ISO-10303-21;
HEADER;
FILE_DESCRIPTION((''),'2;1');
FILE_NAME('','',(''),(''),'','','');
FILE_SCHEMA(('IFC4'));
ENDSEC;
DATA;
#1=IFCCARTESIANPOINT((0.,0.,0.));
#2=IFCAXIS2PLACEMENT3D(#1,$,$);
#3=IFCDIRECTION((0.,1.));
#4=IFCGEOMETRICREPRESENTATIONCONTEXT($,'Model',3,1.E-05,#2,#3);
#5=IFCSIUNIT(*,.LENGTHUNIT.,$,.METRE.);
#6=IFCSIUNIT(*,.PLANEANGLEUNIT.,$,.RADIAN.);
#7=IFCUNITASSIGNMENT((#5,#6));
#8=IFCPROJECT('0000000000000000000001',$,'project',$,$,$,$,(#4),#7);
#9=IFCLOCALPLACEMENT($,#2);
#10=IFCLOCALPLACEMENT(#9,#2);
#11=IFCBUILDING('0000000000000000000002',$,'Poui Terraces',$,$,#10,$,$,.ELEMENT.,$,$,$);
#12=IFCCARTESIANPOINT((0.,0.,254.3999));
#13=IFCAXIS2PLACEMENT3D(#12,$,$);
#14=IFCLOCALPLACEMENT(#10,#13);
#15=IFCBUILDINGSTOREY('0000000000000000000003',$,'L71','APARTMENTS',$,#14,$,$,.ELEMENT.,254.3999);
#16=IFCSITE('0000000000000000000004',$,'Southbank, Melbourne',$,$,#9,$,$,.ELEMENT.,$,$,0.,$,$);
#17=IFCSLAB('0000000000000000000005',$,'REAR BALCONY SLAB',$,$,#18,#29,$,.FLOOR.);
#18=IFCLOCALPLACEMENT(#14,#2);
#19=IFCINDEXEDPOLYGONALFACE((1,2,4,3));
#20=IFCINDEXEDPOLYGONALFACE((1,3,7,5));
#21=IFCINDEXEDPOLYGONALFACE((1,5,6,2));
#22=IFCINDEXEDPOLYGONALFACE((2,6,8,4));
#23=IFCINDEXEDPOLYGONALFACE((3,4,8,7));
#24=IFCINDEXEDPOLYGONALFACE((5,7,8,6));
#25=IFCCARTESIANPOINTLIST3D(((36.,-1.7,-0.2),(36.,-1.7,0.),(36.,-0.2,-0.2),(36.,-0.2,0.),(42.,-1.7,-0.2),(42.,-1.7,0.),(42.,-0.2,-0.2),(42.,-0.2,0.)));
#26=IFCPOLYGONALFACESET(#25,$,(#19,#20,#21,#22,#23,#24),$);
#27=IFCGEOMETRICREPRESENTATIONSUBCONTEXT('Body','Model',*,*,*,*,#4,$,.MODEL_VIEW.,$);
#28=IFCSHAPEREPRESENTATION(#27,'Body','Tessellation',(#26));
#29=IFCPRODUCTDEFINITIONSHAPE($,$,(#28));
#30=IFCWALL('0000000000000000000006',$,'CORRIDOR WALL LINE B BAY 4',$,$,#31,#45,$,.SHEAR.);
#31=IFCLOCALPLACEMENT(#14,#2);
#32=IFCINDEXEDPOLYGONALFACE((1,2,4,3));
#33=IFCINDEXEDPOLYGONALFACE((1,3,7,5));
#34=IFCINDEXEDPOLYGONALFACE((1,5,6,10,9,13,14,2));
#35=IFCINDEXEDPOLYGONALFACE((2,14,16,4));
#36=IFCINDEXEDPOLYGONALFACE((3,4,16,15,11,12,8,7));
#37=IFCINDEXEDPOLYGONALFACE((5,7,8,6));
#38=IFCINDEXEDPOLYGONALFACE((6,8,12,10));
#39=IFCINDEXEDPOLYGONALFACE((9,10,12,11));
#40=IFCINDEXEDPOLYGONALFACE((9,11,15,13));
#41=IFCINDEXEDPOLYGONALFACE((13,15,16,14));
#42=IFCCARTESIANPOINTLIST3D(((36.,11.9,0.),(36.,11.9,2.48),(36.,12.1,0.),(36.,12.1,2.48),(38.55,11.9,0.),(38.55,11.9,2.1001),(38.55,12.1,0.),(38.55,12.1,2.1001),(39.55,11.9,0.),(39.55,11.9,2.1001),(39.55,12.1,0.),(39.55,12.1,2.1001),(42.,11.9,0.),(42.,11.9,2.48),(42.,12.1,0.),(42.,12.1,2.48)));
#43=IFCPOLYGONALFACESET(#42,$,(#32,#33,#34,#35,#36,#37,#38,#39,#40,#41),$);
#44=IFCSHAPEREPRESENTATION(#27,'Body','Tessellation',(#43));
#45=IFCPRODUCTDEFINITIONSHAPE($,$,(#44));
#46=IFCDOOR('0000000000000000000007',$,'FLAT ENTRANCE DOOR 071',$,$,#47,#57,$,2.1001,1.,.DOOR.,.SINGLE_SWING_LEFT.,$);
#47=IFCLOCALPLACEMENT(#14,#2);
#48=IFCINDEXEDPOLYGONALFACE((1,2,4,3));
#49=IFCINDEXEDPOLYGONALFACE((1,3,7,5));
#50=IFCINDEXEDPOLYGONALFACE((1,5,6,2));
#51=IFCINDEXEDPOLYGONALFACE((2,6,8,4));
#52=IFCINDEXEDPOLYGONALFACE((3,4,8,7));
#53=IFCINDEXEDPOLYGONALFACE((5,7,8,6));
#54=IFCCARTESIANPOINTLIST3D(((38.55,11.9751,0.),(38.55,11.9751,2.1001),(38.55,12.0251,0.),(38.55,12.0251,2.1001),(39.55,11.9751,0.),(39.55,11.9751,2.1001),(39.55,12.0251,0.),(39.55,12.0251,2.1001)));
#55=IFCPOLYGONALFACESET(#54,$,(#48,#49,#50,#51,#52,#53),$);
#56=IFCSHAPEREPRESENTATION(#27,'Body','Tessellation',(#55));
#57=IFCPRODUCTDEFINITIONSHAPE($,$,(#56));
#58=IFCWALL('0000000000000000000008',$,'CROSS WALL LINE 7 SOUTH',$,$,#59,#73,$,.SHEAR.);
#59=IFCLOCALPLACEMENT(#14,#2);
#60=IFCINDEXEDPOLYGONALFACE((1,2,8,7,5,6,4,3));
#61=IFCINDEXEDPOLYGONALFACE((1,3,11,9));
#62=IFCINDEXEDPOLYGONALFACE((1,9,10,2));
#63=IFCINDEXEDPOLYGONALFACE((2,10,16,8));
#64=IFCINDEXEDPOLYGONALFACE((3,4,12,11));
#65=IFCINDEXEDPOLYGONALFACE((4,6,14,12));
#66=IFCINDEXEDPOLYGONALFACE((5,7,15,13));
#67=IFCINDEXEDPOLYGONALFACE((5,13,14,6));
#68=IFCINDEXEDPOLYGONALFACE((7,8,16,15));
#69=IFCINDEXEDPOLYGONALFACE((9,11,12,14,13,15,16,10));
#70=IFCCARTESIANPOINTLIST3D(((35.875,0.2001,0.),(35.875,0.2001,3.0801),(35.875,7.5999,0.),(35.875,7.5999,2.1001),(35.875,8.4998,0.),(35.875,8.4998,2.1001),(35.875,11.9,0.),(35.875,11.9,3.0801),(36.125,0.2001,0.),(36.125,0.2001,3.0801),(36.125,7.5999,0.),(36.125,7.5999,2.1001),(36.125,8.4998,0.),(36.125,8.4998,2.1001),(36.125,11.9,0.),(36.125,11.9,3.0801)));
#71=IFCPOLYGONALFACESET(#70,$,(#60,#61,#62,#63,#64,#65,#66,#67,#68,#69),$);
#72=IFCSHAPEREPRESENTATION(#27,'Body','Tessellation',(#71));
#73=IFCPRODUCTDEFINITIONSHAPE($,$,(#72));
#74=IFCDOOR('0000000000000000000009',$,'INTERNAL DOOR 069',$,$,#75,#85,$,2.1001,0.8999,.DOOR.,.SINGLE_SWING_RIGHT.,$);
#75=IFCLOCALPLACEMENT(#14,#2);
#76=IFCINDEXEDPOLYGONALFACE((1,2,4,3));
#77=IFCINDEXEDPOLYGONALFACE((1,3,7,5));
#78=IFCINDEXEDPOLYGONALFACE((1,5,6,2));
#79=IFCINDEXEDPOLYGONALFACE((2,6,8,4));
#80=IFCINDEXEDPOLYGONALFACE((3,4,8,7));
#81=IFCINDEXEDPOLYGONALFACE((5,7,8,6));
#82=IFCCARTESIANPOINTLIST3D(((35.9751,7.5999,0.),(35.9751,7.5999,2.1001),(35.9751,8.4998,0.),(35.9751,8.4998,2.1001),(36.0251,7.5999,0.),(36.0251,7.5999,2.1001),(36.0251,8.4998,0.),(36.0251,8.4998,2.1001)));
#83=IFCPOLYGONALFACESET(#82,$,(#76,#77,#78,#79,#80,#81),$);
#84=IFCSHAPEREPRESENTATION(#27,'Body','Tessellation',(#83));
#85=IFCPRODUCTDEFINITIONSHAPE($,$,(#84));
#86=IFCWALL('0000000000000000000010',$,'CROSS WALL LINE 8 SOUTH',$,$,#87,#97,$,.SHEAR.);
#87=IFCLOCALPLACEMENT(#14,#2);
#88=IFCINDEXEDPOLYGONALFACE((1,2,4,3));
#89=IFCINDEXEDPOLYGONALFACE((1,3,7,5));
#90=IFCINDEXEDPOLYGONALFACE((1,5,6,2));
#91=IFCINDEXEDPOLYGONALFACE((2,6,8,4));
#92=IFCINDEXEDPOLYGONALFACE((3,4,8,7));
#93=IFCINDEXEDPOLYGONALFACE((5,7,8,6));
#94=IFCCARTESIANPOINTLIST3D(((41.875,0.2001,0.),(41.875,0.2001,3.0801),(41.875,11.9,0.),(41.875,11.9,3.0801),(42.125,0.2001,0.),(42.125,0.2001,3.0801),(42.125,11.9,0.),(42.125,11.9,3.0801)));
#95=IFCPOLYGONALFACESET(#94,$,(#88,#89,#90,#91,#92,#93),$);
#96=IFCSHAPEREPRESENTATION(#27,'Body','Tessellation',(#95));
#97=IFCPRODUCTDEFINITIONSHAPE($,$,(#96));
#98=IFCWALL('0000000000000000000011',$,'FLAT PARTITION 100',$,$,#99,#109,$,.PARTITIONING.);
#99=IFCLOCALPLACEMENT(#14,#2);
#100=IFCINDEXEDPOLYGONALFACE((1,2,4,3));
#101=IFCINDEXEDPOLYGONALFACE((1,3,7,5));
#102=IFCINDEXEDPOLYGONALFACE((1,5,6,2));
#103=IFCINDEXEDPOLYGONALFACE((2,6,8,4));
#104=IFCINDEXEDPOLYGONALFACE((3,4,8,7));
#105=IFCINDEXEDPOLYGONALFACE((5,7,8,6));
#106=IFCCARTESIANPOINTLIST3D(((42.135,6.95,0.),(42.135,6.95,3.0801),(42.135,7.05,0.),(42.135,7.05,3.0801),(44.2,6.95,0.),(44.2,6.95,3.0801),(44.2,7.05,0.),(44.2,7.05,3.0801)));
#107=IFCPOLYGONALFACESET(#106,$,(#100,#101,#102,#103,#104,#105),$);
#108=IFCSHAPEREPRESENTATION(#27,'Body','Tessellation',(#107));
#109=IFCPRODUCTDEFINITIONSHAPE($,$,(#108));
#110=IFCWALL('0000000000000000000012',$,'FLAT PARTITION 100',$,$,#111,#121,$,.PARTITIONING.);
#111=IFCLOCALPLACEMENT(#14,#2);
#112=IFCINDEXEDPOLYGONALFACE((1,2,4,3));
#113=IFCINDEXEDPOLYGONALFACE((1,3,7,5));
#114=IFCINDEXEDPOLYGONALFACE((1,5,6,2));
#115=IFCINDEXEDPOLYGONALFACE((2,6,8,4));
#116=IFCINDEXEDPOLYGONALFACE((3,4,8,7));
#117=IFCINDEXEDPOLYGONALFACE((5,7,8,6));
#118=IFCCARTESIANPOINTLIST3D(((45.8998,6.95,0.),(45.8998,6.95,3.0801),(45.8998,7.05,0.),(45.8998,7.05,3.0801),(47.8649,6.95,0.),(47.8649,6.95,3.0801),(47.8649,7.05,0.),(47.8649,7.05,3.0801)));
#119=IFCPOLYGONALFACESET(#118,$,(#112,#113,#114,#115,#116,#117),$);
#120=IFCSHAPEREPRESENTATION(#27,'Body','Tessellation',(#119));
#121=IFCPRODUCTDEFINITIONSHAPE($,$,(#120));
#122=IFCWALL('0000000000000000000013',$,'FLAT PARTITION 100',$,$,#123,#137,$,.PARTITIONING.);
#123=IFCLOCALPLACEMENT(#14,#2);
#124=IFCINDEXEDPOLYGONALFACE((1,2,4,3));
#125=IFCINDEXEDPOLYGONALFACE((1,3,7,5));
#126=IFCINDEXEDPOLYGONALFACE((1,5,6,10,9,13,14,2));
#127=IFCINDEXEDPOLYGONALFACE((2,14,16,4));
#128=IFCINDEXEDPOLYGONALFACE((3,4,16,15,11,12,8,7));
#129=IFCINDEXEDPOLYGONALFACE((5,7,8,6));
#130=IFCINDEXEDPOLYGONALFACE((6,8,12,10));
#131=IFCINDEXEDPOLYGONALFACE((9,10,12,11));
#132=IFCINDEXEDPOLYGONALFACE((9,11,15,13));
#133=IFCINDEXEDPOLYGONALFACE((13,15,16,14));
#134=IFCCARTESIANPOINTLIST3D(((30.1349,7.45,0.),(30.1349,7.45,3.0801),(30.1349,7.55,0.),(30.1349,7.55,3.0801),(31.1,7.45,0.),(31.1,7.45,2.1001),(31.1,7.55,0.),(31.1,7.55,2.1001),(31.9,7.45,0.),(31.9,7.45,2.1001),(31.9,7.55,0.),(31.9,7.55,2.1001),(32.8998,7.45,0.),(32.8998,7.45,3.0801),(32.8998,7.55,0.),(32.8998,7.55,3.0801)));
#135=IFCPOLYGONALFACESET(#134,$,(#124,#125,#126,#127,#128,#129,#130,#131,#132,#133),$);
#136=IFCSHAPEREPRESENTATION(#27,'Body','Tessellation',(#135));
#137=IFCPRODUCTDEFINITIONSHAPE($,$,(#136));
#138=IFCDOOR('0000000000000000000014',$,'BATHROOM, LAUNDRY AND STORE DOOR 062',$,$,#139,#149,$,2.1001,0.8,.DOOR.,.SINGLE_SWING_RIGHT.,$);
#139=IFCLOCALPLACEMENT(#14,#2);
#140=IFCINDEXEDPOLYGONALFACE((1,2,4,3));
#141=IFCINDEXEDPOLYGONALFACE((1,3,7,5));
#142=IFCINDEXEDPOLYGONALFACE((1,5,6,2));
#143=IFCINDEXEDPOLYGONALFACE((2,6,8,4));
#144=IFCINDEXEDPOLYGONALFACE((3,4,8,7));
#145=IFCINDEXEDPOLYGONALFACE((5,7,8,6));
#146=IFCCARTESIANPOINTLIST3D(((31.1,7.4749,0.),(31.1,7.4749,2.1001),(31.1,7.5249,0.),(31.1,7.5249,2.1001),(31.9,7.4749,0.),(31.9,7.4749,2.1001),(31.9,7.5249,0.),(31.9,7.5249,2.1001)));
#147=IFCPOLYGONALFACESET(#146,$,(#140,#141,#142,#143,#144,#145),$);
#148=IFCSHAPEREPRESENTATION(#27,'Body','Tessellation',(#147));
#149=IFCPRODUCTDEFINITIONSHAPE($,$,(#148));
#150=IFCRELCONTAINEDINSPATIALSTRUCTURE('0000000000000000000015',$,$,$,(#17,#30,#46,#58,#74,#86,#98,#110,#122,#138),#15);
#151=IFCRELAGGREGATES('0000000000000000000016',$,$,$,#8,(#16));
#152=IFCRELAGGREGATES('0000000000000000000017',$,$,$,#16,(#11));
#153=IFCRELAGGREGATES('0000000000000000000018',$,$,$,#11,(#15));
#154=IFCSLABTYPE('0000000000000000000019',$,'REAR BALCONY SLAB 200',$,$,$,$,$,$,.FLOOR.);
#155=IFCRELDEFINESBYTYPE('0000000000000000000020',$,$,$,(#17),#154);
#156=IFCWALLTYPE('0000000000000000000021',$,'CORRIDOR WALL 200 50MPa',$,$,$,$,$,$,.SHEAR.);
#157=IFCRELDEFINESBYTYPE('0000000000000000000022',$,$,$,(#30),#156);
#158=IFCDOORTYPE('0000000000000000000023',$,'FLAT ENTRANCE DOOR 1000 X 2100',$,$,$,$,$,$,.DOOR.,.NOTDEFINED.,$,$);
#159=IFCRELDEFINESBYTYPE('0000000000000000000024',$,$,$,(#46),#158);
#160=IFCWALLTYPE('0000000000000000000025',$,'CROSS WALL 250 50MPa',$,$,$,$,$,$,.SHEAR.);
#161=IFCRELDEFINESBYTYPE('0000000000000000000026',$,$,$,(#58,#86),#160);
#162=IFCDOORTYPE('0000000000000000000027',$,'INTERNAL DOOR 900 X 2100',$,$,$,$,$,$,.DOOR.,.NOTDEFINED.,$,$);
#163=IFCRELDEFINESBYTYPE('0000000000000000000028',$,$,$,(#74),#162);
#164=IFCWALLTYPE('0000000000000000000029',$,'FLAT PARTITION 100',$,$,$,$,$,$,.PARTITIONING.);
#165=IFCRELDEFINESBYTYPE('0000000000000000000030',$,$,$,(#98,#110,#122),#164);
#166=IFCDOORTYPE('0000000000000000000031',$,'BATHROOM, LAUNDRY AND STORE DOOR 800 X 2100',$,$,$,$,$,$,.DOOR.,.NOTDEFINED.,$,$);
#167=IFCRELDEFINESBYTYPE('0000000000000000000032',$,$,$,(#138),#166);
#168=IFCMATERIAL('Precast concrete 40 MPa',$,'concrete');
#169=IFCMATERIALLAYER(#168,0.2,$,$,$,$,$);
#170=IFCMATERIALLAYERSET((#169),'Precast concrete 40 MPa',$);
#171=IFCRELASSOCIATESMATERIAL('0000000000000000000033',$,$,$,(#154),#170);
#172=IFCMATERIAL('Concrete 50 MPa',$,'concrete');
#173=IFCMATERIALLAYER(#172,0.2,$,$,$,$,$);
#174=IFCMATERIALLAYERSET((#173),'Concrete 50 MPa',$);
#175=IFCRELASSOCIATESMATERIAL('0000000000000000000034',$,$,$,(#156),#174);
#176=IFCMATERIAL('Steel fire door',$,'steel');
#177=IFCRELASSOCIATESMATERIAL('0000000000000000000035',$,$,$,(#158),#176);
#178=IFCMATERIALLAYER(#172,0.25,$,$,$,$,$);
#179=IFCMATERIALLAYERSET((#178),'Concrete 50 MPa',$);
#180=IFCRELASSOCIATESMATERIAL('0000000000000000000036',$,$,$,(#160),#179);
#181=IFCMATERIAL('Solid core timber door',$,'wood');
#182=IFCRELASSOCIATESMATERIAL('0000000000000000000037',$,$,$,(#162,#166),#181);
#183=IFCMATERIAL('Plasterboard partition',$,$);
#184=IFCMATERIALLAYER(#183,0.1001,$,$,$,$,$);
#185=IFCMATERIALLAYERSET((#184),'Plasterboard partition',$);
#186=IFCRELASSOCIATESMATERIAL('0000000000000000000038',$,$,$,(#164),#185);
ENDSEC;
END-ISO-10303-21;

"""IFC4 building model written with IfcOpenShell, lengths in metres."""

from ifc_helpers import new_model, si_unit, direction, frame, frame_2d, origin, place, context, subcontext, project, spatial, polyline, rectangle, outline, extrude, source, transform, mapped, material, layer, layer_set, type_object, element, fill, save


model = new_model("IFC4")

# Units and contexts
model_context = context("Model", 3, precision=1e-05, world=origin(), true_north=direction((0.0, 1.0)))
body_context = subcontext(model_context, "Body", "Model", "MODEL_VIEW")
ifc_project = project(units=[si_unit("LENGTHUNIT", "METRE"), si_unit("PLANEANGLEUNIT", "RADIAN")], contexts=[model_context])

# Site, building, storey
site_placement = place(None, origin())
site = spatial("IfcSite", under=ifc_project, at=site_placement, Name="Southbank, Melbourne", CompositionType="ELEMENT", RefElevation=0.0)
building_placement = place(site_placement, origin())
building = spatial("IfcBuilding", under=site, at=building_placement, Name="Poui Terraces", CompositionType="ELEMENT")
storey_placement = place(building_placement, frame((0.0, 0.0, 254.3999)))
storey = spatial("IfcBuildingStorey", under=building, at=storey_placement, Name="L71", Description="APARTMENTS", CompositionType="ELEMENT", Elevation=254.3999)

# Slab
ifc_material_1 = material(Name="Precast concrete 40 MPa", Category="concrete")
ifc_layer_1 = layer(ifc_material_1, 0.2)
ifc_layer_set_1 = layer_set([ifc_layer_1], Name="Precast concrete 40 MPa")
slab_type = type_object("IfcSlabType", Name="REAR BALCONY SLAB 200", PredefinedType="FLOOR", material=ifc_layer_set_1)
shared_shape_1 = source(origin(), body_context, "Body", "SweptSolid", [
    extrude(outline(polyline([(0.0, 0.0), (6.0, 0.0), (6.0, 1.5), (0.0, 1.5), (0.0, 0.0)])), origin(), (0.0, 0.0, 1.0), 0.2),
])
slab_placement = place(storey_placement, frame((36.0, -1.7, -0.2)))
element("IfcSlab", 1, at=slab_placement, inside=storey, type_object=slab_type, Name="REAR BALCONY SLAB", PredefinedType="FLOOR", context=body_context, shape_type="MappedRepresentation", body=[
    mapped(shared_shape_1, transform((0.0, 0.0, 0.0))),
])

# Walls, openings, doors
ifc_material_2 = material(Name="Concrete 50 MPa", Category="concrete")
ifc_layer_2 = layer(ifc_material_2, 0.2)
ifc_layer_set_2 = layer_set([ifc_layer_2], Name="Concrete 50 MPa")
wall_type_1 = type_object("IfcWallType", Name="CORRIDOR WALL 200 50MPa", PredefinedType="SHEAR", material=ifc_layer_set_2)
wall_1_placement = place(storey_placement, frame((36.0, 12.0, 0.0), z_axis=(0.0, 0.0, 1.0), x_axis=(1.0, 0.0, 0.0)))
wall_1 = element("IfcWall", 2, at=wall_1_placement, inside=storey, type_object=wall_type_1, Name="CORRIDOR WALL LINE B BAY 4", PredefinedType="SHEAR", context=body_context, shape_type="SweptSolid", body=[
    extrude(rectangle(XDim=6.0, YDim=0.2, at=frame_2d((3.0, 0.0))), origin(), (0.0, 0.0, 1.0), 2.48),
])
opening_1_placement = place(wall_1_placement, frame((2.55, 0.0, 0.0)))
opening_1 = element("IfcOpeningElement", 3, at=opening_1_placement, cuts=wall_1, PredefinedType="OPENING", context=body_context, shape_type="SweptSolid", body=[
    extrude(rectangle(XDim=1.0, YDim=2.1001, at=frame_2d((0.5, 1.05))), frame((0.0, 0.1099, 0.0), z_axis=(0.0, -1.0, 0.0), x_axis=(1.0, 0.0, 0.0)), (0.0, 0.0, 1.0), 0.22),
])
ifc_material_3 = material(Name="Steel fire door", Category="steel")
door_type_1 = type_object("IfcDoorType", Name="FLAT ENTRANCE DOOR 1000 X 2100", OperationType="NOTDEFINED", PredefinedType="DOOR", material=ifc_material_3)
door_1_placement = place(opening_1_placement, frame((1.0, 0.0, 0.0), z_axis=(0.0, 0.0, 1.0), x_axis=(-1.0, 0.0, 0.0)))
door_1 = element("IfcDoor", 4, at=door_1_placement, inside=storey, type_object=door_type_1, Name="FLAT ENTRANCE DOOR 071", OperationType="SINGLE_SWING_LEFT", OverallHeight=2.1001, OverallWidth=1.0, PredefinedType="DOOR", context=body_context, shape_type="SweptSolid", body=[
    extrude(rectangle(XDim=1.0, YDim=2.1001, at=frame_2d((0.5, 1.05))), frame((0.0, 0.0249, 0.0), z_axis=(0.0, -1.0, 0.0), x_axis=(1.0, 0.0, 0.0)), (0.0, 0.0, 1.0), 0.05),
])
fill(opening_1, door_1)
ifc_layer_3 = layer(ifc_material_2, 0.25)
ifc_layer_set_3 = layer_set([ifc_layer_3], Name="Concrete 50 MPa")
wall_type_2 = type_object("IfcWallType", Name="CROSS WALL 250 50MPa", PredefinedType="SHEAR", material=ifc_layer_set_3)
wall_2_placement = place(storey_placement, frame((36.0, 0.2, 0.0), z_axis=(0.0, 0.0, 1.0), x_axis=(0.0, 1.0, 0.0)))
wall_2 = element("IfcWall", 5, at=wall_2_placement, inside=storey, type_object=wall_type_2, Name="CROSS WALL LINE 7 SOUTH", PredefinedType="SHEAR", context=body_context, shape_type="SweptSolid", body=[
    extrude(rectangle(XDim=11.7, YDim=0.25, at=frame_2d((5.8501, 0.0))), origin(), (0.0, 0.0, 1.0), 3.0801),
])
opening_2_placement = place(wall_2_placement, frame((7.3999, 0.0, 0.0)))
opening_2 = element("IfcOpeningElement", 6, at=opening_2_placement, cuts=wall_2, PredefinedType="OPENING", context=body_context, shape_type="SweptSolid", body=[
    extrude(rectangle(XDim=0.8999, YDim=2.1001, at=frame_2d((0.45, 1.05))), frame((0.0, 0.135, 0.0), z_axis=(0.0, -1.0, 0.0), x_axis=(1.0, 0.0, 0.0)), (0.0, 0.0, 1.0), 0.27),
])
ifc_material_4 = material(Name="Solid core timber door", Category="wood")
door_type_2 = type_object("IfcDoorType", Name="INTERNAL DOOR 900 X 2100", OperationType="NOTDEFINED", PredefinedType="DOOR", material=ifc_material_4)
door_2_placement = place(opening_2_placement, origin())
door_2 = element("IfcDoor", 7, at=door_2_placement, inside=storey, type_object=door_type_2, Name="INTERNAL DOOR 069", OperationType="SINGLE_SWING_RIGHT", OverallHeight=2.1001, OverallWidth=0.8999, PredefinedType="DOOR", context=body_context, shape_type="SweptSolid", body=[
    extrude(rectangle(XDim=0.8999, YDim=2.1001, at=frame_2d((0.45, 1.05))), frame((0.0, 0.0249, 0.0), z_axis=(0.0, -1.0, 0.0), x_axis=(1.0, 0.0, 0.0)), (0.0, 0.0, 1.0), 0.05),
])
fill(opening_2, door_2)

# Walls
wall_3_placement = place(storey_placement, frame((42.0, 0.2, 0.0), z_axis=(0.0, 0.0, 1.0), x_axis=(0.0, 1.0, 0.0)))
element("IfcWall", 8, at=wall_3_placement, inside=storey, type_object=wall_type_2, Name="CROSS WALL LINE 8 SOUTH", PredefinedType="SHEAR", context=body_context, shape_type="SweptSolid", body=[
    extrude(rectangle(XDim=11.7, YDim=0.25, at=frame_2d((5.8501, 0.0))), origin(), (0.0, 0.0, 1.0), 3.0801),
])
ifc_material_5 = material(Name="Plasterboard partition")
ifc_layer_4 = layer(ifc_material_5, 0.1001)
ifc_layer_set_4 = layer_set([ifc_layer_4], Name="Plasterboard partition")
wall_type_3 = type_object("IfcWallType", Name="FLAT PARTITION 100", PredefinedType="PARTITIONING", material=ifc_layer_set_4)
wall_4_placement = place(storey_placement, frame((42.135, 7.0, 0.0), z_axis=(0.0, 0.0, 1.0), x_axis=(1.0, 0.0, 0.0)))
element("IfcWall", 9, at=wall_4_placement, inside=storey, type_object=wall_type_3, Name="FLAT PARTITION 100", PredefinedType="PARTITIONING", context=body_context, shape_type="SweptSolid", body=[
    extrude(rectangle(XDim=2.0649, YDim=0.1001, at=frame_2d((1.0325, 0.0))), origin(), (0.0, 0.0, 1.0), 3.0801),
])
wall_5_placement = place(storey_placement, frame((45.8999, 7.0, 0.0), z_axis=(0.0, 0.0, 1.0), x_axis=(1.0, 0.0, 0.0)))
element("IfcWall", 10, at=wall_5_placement, inside=storey, type_object=wall_type_3, Name="FLAT PARTITION 100", PredefinedType="PARTITIONING", context=body_context, shape_type="SweptSolid", body=[
    extrude(rectangle(XDim=1.9651, YDim=0.1001, at=frame_2d((0.9824, 0.0))), origin(), (0.0, 0.0, 1.0), 3.0801),
])

# Wall, opening, door
wall_6_placement = place(storey_placement, frame((30.135, 7.5, 0.0), z_axis=(0.0, 0.0, 1.0), x_axis=(1.0, 0.0, 0.0)))
wall_6 = element("IfcWall", 11, at=wall_6_placement, inside=storey, type_object=wall_type_3, Name="FLAT PARTITION 100", PredefinedType="PARTITIONING", context=body_context, shape_type="SweptSolid", body=[
    extrude(rectangle(XDim=2.7649, YDim=0.1001, at=frame_2d((1.3823, 0.0))), origin(), (0.0, 0.0, 1.0), 3.0801),
])
opening_3_placement = place(wall_6_placement, frame((0.9651, 0.0, 0.0)))
opening_3 = element("IfcOpeningElement", 12, at=opening_3_placement, cuts=wall_6, PredefinedType="OPENING", context=body_context, shape_type="SweptSolid", body=[
    extrude(rectangle(XDim=0.8, YDim=2.1001, at=frame_2d((0.3999, 1.05))), frame((0.0, 0.0601, 0.0), z_axis=(0.0, -1.0, 0.0), x_axis=(1.0, 0.0, 0.0)), (0.0, 0.0, 1.0), 0.1201),
])
door_type_3 = type_object("IfcDoorType", Name="BATHROOM, LAUNDRY AND STORE DOOR 800 X 2100", OperationType="NOTDEFINED", PredefinedType="DOOR", material=ifc_material_4)
door_3_placement = place(opening_3_placement, origin())
door_3 = element("IfcDoor", 13, at=door_3_placement, inside=storey, type_object=door_type_3, Name="BATHROOM, LAUNDRY AND STORE DOOR 062", OperationType="SINGLE_SWING_RIGHT", OverallHeight=2.1001, OverallWidth=0.8, PredefinedType="DOOR", context=body_context, shape_type="SweptSolid", body=[
    extrude(rectangle(XDim=0.8, YDim=2.1001, at=frame_2d((0.3999, 1.05))), frame((0.0, 0.0249, 0.0), z_axis=(0.0, -1.0, 0.0), x_axis=(1.0, 0.0, 0.0)), (0.0, 0.0, 1.0), 0.05),
])
fill(opening_3, door_3)

save(model, "model.ifc")
